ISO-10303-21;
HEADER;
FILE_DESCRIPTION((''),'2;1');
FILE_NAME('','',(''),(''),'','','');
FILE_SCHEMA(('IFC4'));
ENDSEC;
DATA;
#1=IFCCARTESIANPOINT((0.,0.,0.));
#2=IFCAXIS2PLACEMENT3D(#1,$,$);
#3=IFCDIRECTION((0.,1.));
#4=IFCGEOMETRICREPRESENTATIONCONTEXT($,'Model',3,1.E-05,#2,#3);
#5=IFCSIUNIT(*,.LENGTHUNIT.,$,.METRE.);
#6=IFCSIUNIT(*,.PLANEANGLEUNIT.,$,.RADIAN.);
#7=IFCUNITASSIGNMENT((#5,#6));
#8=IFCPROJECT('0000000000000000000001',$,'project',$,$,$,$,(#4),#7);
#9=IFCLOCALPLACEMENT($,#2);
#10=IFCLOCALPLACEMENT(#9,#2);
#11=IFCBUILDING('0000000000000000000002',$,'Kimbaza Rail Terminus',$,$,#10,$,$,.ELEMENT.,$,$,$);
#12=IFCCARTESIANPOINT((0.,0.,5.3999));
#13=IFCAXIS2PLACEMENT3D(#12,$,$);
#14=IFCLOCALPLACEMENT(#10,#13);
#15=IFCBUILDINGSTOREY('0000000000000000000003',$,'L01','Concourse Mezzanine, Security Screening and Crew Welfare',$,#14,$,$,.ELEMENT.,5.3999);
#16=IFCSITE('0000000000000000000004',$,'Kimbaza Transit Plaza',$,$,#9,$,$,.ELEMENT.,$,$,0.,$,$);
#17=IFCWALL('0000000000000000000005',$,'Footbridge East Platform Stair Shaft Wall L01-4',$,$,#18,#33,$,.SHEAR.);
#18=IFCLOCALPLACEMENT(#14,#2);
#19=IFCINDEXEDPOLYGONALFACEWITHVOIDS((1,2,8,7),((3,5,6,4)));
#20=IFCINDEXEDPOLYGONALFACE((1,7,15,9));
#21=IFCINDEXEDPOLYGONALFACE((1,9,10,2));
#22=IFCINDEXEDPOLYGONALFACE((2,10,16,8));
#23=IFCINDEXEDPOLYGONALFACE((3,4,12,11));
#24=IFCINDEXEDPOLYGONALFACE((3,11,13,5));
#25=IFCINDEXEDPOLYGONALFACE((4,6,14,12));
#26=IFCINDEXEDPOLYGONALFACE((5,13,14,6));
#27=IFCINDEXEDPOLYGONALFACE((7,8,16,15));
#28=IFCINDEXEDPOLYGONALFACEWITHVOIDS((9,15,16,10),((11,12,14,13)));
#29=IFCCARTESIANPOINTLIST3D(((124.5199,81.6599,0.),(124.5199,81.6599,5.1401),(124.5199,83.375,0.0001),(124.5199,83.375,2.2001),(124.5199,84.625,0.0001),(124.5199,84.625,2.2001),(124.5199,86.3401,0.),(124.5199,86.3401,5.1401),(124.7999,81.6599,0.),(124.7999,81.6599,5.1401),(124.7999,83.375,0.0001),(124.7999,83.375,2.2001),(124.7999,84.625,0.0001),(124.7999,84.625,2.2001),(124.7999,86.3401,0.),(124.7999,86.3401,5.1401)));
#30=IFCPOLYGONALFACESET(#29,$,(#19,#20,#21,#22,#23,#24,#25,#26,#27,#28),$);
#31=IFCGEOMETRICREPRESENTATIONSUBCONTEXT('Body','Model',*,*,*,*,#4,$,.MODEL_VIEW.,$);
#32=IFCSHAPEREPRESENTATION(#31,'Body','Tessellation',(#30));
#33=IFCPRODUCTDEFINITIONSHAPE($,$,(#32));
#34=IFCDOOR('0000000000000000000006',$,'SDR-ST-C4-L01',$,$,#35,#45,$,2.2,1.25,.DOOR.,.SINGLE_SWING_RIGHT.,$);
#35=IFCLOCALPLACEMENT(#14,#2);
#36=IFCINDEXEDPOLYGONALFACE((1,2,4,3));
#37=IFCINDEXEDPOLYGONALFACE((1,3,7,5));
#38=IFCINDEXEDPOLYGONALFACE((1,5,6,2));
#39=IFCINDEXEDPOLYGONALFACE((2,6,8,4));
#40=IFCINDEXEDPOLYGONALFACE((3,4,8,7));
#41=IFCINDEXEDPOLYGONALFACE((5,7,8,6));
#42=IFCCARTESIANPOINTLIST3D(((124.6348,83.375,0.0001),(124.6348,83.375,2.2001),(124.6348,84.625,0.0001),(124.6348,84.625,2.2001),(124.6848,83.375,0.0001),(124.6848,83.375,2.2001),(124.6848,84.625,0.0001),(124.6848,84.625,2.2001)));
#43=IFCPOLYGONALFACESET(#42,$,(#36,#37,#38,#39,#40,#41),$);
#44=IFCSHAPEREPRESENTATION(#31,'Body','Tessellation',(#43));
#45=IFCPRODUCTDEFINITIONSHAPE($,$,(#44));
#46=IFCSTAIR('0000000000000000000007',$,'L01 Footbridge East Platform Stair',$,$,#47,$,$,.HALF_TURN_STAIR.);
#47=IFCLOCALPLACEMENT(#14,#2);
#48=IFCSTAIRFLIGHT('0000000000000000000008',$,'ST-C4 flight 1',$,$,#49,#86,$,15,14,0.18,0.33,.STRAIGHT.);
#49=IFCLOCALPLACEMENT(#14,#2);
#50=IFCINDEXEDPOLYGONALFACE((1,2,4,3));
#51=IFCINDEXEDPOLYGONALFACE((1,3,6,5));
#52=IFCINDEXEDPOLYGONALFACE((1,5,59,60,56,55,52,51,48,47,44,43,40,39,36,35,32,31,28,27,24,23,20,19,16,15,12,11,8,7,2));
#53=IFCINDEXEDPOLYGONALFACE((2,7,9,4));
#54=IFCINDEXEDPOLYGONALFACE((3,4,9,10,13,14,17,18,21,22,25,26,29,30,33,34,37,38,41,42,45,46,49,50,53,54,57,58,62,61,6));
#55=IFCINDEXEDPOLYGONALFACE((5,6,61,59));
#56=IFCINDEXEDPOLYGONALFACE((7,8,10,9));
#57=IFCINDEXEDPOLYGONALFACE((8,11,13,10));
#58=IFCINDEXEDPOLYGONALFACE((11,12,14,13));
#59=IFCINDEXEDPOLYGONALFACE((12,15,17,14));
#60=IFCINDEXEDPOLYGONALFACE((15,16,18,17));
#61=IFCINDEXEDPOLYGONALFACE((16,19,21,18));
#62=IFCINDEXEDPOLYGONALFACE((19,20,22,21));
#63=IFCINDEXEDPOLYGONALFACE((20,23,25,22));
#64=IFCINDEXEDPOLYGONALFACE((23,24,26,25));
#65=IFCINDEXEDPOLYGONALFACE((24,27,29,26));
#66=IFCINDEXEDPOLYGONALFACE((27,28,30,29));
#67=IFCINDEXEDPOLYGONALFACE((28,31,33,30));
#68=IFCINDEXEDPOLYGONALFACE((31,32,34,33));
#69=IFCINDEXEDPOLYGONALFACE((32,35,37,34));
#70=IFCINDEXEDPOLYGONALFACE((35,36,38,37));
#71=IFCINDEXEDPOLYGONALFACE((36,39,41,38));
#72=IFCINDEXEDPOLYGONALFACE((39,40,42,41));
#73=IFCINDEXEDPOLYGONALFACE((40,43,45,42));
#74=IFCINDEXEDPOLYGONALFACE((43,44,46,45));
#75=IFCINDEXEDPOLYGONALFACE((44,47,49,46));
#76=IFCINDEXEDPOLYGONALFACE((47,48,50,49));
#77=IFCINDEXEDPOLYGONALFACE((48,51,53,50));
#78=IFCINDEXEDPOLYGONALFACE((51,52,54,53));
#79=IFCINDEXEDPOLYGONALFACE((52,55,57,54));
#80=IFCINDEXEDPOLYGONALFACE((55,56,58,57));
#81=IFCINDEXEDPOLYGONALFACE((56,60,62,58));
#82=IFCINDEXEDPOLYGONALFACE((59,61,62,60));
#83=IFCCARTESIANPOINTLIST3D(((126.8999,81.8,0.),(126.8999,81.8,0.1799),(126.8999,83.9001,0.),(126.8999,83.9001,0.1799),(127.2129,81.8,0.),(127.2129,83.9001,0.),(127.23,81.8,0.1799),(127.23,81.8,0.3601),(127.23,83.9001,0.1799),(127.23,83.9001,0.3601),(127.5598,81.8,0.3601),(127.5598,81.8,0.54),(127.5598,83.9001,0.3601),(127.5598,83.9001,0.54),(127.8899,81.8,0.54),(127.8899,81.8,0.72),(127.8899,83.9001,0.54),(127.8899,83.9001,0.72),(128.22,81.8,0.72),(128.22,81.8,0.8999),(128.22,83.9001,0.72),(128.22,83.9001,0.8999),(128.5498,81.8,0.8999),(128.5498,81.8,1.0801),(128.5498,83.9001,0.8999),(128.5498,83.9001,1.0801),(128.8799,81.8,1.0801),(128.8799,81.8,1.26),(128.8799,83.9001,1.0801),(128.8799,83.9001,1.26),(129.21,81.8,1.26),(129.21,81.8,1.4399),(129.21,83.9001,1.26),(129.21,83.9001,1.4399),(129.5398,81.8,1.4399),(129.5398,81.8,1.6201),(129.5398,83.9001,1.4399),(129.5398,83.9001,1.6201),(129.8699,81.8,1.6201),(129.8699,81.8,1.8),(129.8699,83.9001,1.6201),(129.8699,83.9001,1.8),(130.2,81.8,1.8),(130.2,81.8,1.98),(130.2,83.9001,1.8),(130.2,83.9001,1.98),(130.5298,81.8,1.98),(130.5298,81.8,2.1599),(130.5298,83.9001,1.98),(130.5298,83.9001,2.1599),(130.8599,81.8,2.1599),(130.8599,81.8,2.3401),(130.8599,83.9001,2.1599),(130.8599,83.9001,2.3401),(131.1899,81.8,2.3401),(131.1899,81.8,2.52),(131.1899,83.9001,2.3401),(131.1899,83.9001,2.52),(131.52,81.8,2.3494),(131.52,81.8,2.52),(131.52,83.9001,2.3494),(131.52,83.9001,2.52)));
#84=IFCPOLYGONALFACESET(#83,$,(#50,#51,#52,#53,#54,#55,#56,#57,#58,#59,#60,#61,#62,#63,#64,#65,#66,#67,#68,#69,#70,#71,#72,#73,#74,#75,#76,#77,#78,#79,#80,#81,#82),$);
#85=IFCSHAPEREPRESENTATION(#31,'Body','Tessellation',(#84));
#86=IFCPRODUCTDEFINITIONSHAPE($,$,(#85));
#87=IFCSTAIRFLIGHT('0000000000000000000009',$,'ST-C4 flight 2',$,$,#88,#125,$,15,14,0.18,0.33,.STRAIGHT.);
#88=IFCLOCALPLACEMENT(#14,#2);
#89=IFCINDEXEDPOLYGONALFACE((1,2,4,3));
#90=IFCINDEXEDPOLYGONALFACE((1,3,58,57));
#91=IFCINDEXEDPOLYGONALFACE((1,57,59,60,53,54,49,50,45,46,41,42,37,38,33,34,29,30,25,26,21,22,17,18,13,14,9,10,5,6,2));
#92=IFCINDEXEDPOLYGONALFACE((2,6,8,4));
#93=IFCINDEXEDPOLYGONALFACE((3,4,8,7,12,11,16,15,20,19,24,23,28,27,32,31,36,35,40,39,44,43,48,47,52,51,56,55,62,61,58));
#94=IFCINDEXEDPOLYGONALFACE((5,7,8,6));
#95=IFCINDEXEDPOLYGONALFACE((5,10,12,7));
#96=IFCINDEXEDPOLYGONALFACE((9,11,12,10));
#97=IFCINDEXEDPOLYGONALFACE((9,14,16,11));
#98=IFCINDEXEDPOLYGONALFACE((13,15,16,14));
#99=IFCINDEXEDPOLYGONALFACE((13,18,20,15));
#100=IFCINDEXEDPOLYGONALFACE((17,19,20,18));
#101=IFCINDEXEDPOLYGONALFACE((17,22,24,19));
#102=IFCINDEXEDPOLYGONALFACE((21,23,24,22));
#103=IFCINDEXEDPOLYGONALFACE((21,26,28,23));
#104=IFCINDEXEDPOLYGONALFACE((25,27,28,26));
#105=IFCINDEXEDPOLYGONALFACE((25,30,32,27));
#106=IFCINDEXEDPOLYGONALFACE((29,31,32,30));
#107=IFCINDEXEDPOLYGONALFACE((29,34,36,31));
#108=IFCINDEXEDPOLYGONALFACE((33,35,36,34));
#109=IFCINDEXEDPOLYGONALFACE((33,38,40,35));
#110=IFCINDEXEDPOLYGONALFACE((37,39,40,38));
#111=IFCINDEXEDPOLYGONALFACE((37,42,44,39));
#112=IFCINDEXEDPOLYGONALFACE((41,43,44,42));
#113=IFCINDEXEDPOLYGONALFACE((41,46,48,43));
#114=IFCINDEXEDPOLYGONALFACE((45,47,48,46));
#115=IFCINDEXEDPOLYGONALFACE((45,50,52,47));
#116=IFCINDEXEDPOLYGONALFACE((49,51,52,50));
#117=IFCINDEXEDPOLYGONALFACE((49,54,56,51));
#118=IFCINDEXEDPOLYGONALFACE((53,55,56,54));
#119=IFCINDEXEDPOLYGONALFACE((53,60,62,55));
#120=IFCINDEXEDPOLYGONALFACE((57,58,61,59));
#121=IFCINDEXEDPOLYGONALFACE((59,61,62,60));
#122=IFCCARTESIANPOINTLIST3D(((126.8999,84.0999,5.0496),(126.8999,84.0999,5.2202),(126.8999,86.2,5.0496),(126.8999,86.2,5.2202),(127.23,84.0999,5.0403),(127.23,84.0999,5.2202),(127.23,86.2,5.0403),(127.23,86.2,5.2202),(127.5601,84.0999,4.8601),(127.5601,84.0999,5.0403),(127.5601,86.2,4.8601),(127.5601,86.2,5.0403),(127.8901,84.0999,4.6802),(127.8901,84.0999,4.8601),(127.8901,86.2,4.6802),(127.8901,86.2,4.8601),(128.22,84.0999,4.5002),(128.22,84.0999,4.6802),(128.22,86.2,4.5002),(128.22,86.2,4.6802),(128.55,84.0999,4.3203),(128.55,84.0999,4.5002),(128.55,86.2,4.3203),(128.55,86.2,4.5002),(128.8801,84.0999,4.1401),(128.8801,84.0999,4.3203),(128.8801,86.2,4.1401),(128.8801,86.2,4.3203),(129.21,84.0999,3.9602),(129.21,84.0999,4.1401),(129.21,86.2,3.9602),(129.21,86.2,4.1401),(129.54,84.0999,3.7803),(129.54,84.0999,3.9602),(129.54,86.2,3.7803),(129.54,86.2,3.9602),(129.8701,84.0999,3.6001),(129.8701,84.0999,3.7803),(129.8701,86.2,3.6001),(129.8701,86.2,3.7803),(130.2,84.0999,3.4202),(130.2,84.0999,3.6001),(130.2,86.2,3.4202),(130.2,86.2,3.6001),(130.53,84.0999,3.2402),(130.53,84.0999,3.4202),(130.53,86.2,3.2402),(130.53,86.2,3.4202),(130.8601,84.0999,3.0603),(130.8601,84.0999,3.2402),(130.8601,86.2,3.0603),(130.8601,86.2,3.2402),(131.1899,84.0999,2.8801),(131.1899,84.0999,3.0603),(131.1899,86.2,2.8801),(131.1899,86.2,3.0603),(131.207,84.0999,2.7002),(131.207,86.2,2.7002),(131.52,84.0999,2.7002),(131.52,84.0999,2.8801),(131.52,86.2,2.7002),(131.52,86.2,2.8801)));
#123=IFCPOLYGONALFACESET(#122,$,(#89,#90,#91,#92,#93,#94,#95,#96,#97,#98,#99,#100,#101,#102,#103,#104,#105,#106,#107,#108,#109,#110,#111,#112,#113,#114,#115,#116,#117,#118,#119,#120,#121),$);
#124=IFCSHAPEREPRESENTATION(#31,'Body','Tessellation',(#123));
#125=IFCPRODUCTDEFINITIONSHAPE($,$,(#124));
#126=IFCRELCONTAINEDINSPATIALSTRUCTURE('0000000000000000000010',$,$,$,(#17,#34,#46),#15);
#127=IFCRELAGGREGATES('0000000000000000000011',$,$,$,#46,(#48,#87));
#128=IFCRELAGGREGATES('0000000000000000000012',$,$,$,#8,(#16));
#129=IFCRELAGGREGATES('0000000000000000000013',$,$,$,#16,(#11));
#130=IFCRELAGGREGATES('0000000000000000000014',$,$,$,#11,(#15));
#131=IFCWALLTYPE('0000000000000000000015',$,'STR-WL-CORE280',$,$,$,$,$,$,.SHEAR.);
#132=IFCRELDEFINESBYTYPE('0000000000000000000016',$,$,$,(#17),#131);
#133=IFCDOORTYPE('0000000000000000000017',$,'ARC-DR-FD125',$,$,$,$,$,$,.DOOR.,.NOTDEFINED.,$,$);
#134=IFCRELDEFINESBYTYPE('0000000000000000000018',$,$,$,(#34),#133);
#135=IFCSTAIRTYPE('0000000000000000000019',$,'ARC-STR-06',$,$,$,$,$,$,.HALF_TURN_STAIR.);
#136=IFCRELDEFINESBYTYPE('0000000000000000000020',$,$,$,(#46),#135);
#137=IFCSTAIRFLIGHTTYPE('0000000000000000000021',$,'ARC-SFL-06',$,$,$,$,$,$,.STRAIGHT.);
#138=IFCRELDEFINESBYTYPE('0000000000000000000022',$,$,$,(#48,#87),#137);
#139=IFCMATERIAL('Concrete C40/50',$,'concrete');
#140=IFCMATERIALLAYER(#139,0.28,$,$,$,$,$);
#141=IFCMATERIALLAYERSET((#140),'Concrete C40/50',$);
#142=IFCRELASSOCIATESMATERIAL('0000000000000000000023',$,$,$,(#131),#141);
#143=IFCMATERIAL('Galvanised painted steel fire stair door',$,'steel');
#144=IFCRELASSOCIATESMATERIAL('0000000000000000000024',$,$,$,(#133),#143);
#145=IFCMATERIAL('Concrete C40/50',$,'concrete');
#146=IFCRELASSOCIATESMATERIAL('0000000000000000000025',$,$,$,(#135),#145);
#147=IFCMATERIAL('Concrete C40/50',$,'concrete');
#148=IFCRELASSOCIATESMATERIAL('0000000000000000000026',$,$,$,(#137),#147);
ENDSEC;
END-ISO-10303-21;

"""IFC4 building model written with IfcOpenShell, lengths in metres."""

from ifc_helpers import new_model, si_unit, direction, frame, frame_2d, origin, place, context, subcontext, project, spatial, polyline, rectangle, outline, extrude, material, layer, layer_set, type_object, element, fill, aggregate, save


model = new_model("IFC4")

# Units and contexts
model_context = context("Model", 3, precision=1e-05, world=origin(), true_north=direction((0.0, 1.0)))
body_context = subcontext(model_context, "Body", "Model", "MODEL_VIEW")
ifc_project = project(units=[si_unit("LENGTHUNIT", "METRE"), si_unit("PLANEANGLEUNIT", "RADIAN")], contexts=[model_context])

# Site, building, storey
site_placement = place(None, origin())
site = spatial("IfcSite", under=ifc_project, at=site_placement, Name="Kimbaza Transit Plaza", CompositionType="ELEMENT", RefElevation=0.0)
building_placement = place(site_placement, origin())
building = spatial("IfcBuilding", under=site, at=building_placement, Name="Kimbaza Rail Terminus", CompositionType="ELEMENT")
storey_placement = place(building_placement, frame((0.0, 0.0, 5.3999)))
storey = spatial("IfcBuildingStorey", under=building, at=storey_placement, Name="L01", Description="Concourse Mezzanine, Security Screening and Crew Welfare", CompositionType="ELEMENT", Elevation=5.3999)

# Shared definitions
ifc_material_1 = material(Name="Concrete C40/50", Category="concrete")
ifc_layer_1 = layer(ifc_material_1, 0.28)
ifc_layer_set_1 = layer_set([ifc_layer_1], Name="Concrete C40/50")
wall_type_1 = type_object("IfcWallType", Name="STR-WL-CORE280", PredefinedType="SHEAR", material=ifc_layer_set_1)

# Wall, opening, door
wall_1_placement = place(storey_placement, frame((124.6599, 86.3401, 0.0), z_axis=(0.0, 0.0, 1.0), x_axis=(0.0, -1.0, 0.0)))
wall_1 = element("IfcWall", 1, at=wall_1_placement, inside=storey, type_object=wall_type_1, Name="Footbridge East Platform Stair Shaft Wall L01-4", PredefinedType="SHEAR", context=body_context, shape_type="SweptSolid", body=[
    extrude(rectangle(XDim=4.6802, YDim=0.28, at=frame_2d((2.3401, 0.0))), origin(), (0.0, 0.0, 1.0), 5.1401),
])
opening_placement = place(wall_1_placement, frame((1.7151, 0.0, 0.0)))
opening = element("IfcOpeningElement", 2, at=opening_placement, cuts=wall_1, PredefinedType="OPENING", context=body_context, shape_type="SweptSolid", body=[
    extrude(rectangle(XDim=1.25, YDim=2.2, at=frame_2d((0.625, 1.1001))), frame((0.0, 0.1499, 0.0), z_axis=(0.0, -1.0, 0.0), x_axis=(1.0, 0.0, 0.0)), (0.0, 0.0, 1.0), 0.3),
])
ifc_material_2 = material(Name="Galvanised painted steel fire stair door", Category="steel")
door_type = type_object("IfcDoorType", Name="ARC-DR-FD125", OperationType="NOTDEFINED", PredefinedType="DOOR", material=ifc_material_2)
door_placement = place(opening_placement, origin())
door = element("IfcDoor", 3, at=door_placement, inside=storey, type_object=door_type, Name="SDR-ST-C4-L01", OperationType="SINGLE_SWING_RIGHT", OverallHeight=2.2, OverallWidth=1.25, PredefinedType="DOOR", context=body_context, shape_type="SweptSolid", body=[
    extrude(rectangle(XDim=1.25, YDim=2.2, at=frame_2d((0.625, 1.1001))), frame((0.0, 0.0249, 0.0), z_axis=(0.0, -1.0, 0.0), x_axis=(1.0, 0.0, 0.0)), (0.0, 0.0, 1.0), 0.05),
])
fill(opening, door)

# Stair, stair flights
ifc_material_3 = material(Name="Concrete C40/50", Category="concrete")
stair_type = type_object("IfcStairType", Name="ARC-STR-06", PredefinedType="HALF_TURN_STAIR", material=ifc_material_3)
stair_placement = place(storey_placement, origin())
stair = element("IfcStair", 4, at=stair_placement, inside=storey, type_object=stair_type, Name="L01 Footbridge East Platform Stair", PredefinedType="HALF_TURN_STAIR")
ifc_material_4 = material(Name="Concrete C40/50", Category="concrete")
stair_flight_type = type_object("IfcStairFlightType", Name="ARC-SFL-06", PredefinedType="STRAIGHT", material=ifc_material_4)
stair_flight_1_placement = place(storey_placement, frame((126.8999, 82.8501, 0.0), z_axis=(0.0, 0.0, 1.0), x_axis=(1.0, 0.0, 0.0)))
stair_flight_1 = element("IfcStairFlight", 5, at=stair_flight_1_placement, type_object=stair_flight_type, Name="ST-C4 flight 1", NumberOfRisers=15, NumberOfTreads=14, PredefinedType="STRAIGHT", RiserHeight=0.18, TreadLength=0.33, context=body_context, shape_type="SweptSolid", body=[
    extrude(outline(polyline([(0.0, 0.0), (0.0, 0.1799), (0.3301, 0.1799), (0.3301, 0.3601), (0.6599, 0.3601), (0.6599, 0.54), (0.99, 0.54), (0.99, 0.72), (1.3201, 0.72), (1.3201, 0.8999), (1.6499, 0.8999), (1.6499, 1.0801), (1.98, 1.0801), (1.98, 1.26), (2.3101, 1.26), (2.3101, 1.4399), (2.6399, 1.4399), (2.6399, 1.6201), (2.97, 1.6201), (2.97, 1.8), (3.3, 1.8), (3.3, 1.98), (3.6299, 1.98), (3.6299, 2.1599), (3.96, 2.1599), (3.96, 2.3401), (4.29, 2.3401), (4.29, 2.52), (4.6201, 2.52), (4.6201, 2.7), (4.6201, 2.3494), (0.313, 0.0), (0.0, 0.0)])), frame((0.0, 1.05, 0.0), z_axis=(0.0, -1.0, 0.0), x_axis=(1.0, 0.0, 0.0)), (0.0, 0.0, 1.0), 2.1001),
])
stair_flight_2_placement = place(storey_placement, frame((131.52, 85.1499, 2.7002), z_axis=(0.0, 0.0, 1.0), x_axis=(-1.0, 0.0, 0.0)))
stair_flight_2 = element("IfcStairFlight", 6, at=stair_flight_2_placement, type_object=stair_flight_type, Name="ST-C4 flight 2", NumberOfRisers=15, NumberOfTreads=14, PredefinedType="STRAIGHT", RiserHeight=0.18, TreadLength=0.33, context=body_context, shape_type="SweptSolid", body=[
    extrude(outline(polyline([(0.0, 0.0), (0.0, 0.1799), (0.3301, 0.1799), (0.3301, 0.3601), (0.6599, 0.3601), (0.6599, 0.54), (0.99, 0.54), (0.99, 0.72), (1.3201, 0.72), (1.3201, 0.8999), (1.6499, 0.8999), (1.6499, 1.0801), (1.98, 1.0801), (1.98, 1.26), (2.3101, 1.26), (2.3101, 1.4399), (2.6399, 1.4399), (2.6399, 1.6201), (2.97, 1.6201), (2.97, 1.8), (3.3, 1.8), (3.3, 1.98), (3.6299, 1.98), (3.6299, 2.1599), (3.96, 2.1599), (3.96, 2.3401), (4.29, 2.3401), (4.29, 2.52), (4.6201, 2.52), (4.6201, 2.7), (4.6201, 2.3494), (0.313, 0.0), (0.0, 0.0)])), frame((0.0, 1.05, 0.0), z_axis=(0.0, -1.0, 0.0), x_axis=(1.0, 0.0, 0.0)), (0.0, 0.0, 1.0), 2.1001),
])
aggregate(stair, [stair_flight_1, stair_flight_2])

save(model, "model.ifc")
